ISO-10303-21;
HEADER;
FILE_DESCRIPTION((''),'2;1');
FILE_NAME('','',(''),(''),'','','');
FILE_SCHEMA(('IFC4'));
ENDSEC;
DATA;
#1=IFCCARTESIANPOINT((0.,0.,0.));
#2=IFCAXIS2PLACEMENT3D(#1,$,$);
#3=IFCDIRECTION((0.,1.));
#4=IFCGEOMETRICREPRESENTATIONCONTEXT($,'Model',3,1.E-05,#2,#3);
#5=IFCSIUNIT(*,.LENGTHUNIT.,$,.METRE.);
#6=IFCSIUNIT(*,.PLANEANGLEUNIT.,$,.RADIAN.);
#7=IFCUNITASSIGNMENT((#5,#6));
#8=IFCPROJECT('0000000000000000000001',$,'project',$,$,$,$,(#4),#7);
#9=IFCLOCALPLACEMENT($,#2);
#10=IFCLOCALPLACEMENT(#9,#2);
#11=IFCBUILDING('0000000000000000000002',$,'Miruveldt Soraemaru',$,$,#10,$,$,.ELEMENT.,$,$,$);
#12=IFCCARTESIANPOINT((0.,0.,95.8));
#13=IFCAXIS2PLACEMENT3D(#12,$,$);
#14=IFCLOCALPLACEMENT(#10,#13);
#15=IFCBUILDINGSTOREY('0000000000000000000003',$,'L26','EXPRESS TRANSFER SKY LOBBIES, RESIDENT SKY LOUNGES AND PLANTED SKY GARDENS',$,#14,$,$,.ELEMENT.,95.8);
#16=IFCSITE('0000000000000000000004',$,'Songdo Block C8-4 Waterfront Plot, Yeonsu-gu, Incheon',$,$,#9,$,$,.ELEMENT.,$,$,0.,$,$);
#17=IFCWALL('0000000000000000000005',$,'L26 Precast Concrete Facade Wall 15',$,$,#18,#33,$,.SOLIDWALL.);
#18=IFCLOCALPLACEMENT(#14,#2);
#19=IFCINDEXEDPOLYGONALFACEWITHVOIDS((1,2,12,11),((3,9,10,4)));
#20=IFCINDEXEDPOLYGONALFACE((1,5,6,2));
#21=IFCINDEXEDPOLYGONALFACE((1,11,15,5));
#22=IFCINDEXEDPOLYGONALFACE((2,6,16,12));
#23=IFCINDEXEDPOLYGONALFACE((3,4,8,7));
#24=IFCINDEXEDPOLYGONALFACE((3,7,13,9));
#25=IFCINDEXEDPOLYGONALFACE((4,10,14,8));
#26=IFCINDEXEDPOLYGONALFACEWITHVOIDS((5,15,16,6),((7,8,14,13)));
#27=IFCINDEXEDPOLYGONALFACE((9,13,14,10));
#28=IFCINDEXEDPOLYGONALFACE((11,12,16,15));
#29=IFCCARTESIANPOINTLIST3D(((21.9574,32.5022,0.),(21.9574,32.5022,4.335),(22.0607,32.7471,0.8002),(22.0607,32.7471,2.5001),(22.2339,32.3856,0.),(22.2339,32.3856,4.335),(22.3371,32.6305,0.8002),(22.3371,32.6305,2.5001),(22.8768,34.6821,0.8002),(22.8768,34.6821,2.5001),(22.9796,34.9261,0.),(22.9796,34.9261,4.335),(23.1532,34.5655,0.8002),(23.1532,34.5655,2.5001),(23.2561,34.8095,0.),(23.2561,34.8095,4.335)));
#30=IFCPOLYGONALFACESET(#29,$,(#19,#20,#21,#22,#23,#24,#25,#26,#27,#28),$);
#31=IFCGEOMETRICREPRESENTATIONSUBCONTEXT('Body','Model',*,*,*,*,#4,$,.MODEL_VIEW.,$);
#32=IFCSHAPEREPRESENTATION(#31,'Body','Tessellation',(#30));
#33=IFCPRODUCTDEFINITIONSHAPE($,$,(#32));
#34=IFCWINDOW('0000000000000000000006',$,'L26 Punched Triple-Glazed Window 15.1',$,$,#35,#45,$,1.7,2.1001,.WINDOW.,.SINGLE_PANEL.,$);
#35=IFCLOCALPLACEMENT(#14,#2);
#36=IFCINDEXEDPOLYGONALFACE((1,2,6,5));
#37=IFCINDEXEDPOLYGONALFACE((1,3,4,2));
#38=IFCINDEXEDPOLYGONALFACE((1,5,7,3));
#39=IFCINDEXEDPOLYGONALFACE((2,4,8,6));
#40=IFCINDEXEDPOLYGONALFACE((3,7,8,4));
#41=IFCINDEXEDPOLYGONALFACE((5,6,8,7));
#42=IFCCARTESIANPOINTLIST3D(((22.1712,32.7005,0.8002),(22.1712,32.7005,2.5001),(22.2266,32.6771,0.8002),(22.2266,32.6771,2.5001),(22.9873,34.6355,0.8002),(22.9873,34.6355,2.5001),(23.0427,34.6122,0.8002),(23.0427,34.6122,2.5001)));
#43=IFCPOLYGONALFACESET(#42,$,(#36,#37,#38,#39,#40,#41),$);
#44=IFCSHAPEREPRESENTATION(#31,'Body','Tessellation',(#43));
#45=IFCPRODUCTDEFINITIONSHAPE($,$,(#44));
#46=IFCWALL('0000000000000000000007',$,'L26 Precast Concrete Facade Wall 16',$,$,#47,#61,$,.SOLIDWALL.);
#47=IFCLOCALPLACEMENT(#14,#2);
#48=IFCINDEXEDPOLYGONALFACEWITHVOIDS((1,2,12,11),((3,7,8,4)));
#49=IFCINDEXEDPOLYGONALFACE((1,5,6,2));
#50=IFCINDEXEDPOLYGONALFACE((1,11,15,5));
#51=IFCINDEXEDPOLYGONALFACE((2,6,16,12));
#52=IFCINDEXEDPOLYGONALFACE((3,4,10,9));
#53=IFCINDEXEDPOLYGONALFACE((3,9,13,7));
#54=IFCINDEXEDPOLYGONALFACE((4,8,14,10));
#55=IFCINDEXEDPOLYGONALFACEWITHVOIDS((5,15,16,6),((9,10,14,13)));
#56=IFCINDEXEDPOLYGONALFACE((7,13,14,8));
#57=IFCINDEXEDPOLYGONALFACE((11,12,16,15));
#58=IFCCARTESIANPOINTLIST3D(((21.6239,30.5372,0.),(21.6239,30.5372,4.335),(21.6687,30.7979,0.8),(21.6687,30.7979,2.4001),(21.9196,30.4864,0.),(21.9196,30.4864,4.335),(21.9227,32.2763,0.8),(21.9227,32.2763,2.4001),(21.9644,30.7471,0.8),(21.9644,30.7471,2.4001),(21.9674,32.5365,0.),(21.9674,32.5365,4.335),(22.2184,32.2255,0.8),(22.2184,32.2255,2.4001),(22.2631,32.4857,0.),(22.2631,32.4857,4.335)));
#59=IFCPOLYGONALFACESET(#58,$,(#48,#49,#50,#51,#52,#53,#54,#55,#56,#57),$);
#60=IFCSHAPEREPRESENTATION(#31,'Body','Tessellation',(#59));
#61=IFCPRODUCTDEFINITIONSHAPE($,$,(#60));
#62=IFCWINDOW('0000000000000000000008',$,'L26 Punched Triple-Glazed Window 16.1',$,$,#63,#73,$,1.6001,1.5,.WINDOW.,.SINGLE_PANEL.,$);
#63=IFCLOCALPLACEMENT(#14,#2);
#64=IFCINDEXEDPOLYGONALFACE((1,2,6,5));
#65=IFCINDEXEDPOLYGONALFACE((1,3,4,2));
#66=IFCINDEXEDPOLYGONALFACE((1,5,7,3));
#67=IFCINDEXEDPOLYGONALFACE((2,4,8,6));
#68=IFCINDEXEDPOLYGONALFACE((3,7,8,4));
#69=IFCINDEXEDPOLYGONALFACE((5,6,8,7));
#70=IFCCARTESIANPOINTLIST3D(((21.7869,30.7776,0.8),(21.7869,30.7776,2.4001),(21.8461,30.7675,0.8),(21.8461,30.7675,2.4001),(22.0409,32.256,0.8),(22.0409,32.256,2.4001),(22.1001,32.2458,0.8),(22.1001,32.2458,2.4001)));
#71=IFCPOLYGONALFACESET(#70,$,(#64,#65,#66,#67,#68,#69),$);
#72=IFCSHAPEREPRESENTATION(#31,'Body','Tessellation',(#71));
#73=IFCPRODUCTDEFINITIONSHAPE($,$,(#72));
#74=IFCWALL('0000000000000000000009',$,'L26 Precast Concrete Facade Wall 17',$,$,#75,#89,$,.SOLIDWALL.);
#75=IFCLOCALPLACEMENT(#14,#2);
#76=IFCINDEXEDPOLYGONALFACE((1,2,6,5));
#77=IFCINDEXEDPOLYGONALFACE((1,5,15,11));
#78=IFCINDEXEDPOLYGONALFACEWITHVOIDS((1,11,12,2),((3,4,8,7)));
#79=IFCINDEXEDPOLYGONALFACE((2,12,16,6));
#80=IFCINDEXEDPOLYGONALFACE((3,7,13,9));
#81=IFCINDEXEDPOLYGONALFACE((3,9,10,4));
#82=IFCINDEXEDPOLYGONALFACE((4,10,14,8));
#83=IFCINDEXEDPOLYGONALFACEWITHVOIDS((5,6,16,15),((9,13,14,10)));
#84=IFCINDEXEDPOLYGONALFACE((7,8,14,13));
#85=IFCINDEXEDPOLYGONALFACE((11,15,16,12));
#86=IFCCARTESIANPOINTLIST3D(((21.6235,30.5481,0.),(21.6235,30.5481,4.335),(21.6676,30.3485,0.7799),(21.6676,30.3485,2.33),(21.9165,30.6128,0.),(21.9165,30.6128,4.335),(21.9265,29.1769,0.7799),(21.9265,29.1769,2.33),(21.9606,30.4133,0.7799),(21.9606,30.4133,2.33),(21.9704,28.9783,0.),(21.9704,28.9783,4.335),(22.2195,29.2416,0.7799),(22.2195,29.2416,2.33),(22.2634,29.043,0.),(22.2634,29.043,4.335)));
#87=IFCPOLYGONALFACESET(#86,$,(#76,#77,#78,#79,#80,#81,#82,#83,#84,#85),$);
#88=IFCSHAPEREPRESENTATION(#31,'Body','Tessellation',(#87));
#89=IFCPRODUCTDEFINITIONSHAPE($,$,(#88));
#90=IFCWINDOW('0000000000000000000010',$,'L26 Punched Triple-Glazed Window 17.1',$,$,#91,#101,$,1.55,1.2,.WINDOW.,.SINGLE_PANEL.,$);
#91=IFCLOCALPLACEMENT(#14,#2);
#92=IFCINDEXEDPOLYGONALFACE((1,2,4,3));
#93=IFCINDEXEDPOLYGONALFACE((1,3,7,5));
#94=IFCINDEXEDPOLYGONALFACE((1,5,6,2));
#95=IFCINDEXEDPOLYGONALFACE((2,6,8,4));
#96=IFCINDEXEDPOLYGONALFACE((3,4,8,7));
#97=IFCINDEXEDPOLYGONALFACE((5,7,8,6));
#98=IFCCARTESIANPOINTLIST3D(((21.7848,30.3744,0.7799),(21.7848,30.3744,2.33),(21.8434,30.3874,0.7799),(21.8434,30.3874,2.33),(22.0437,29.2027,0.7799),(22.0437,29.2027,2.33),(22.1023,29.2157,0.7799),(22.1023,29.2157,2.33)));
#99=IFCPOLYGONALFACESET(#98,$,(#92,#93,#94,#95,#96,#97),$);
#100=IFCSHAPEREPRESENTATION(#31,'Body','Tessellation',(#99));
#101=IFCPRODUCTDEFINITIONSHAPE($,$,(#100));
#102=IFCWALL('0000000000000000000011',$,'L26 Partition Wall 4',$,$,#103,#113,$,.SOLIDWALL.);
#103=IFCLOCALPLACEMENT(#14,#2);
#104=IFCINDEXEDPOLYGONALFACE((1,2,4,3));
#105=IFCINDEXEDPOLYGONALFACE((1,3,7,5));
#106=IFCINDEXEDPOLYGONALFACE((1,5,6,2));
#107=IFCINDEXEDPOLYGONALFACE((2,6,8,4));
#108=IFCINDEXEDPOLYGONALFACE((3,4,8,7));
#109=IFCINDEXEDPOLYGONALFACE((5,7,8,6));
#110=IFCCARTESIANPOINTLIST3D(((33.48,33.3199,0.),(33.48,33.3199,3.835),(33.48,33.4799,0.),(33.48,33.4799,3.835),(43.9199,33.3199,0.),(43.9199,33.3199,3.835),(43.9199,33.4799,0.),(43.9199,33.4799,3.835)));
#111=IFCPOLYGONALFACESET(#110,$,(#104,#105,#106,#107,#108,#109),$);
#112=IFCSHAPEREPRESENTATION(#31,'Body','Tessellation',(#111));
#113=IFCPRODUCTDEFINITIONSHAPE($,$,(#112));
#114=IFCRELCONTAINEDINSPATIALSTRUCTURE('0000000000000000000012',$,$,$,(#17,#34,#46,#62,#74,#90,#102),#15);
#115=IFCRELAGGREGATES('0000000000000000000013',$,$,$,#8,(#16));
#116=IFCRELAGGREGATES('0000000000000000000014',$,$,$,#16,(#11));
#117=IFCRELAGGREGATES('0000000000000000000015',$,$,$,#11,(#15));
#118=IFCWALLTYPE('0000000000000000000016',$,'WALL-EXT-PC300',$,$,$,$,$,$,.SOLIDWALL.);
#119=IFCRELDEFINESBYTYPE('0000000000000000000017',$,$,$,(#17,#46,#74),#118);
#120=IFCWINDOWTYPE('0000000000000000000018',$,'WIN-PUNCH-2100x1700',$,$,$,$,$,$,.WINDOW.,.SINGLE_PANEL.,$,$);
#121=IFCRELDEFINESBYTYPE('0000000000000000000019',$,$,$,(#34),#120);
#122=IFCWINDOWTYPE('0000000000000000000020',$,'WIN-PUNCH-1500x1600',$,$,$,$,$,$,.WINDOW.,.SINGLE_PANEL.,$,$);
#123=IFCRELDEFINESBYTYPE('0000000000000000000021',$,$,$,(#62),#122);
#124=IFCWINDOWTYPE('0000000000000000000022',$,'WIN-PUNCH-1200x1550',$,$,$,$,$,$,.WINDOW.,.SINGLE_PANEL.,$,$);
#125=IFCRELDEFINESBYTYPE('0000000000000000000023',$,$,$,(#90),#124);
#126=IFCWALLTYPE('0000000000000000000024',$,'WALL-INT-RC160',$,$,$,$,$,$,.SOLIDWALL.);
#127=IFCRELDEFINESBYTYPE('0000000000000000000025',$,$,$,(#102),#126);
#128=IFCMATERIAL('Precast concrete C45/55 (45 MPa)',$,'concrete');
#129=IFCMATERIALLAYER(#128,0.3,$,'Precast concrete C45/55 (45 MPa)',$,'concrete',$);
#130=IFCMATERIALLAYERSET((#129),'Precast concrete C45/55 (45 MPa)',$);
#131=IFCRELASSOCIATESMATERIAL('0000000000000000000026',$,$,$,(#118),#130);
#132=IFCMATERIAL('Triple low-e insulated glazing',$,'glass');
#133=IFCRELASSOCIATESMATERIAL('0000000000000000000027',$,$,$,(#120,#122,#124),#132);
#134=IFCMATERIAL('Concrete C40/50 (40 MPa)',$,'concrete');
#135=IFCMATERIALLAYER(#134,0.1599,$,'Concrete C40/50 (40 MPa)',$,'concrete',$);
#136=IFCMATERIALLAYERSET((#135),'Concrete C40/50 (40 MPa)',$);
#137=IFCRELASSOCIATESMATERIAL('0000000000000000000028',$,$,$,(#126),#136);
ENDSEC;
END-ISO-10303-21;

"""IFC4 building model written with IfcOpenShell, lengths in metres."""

from ifc_helpers import new_model, si_unit, direction, frame, frame_2d, origin, place, context, subcontext, project, spatial, rectangle, extrude, material, layer, layer_set, type_object, element, fill, save


model = new_model("IFC4")

# Units and contexts
model_context = context("Model", 3, precision=1e-05, world=origin(), true_north=direction((0.0, 1.0)))
body_context = subcontext(model_context, "Body", "Model", "MODEL_VIEW")
ifc_project = project(units=[si_unit("LENGTHUNIT", "METRE"), si_unit("PLANEANGLEUNIT", "RADIAN")], contexts=[model_context])

# Site, building, storey
site_placement = place(None, origin())
site = spatial("IfcSite", under=ifc_project, at=site_placement, Name="Songdo Block C8-4 Waterfront Plot, Yeonsu-gu, Incheon", CompositionType="ELEMENT", RefElevation=0.0)
building_placement = place(site_placement, origin())
building = spatial("IfcBuilding", under=site, at=building_placement, Name="Miruveldt Soraemaru", CompositionType="ELEMENT")
storey_placement = place(building_placement, frame((0.0, 0.0, 95.8)))
storey = spatial("IfcBuildingStorey", under=building, at=storey_placement, Name="L26", Description="EXPRESS TRANSFER SKY LOBBIES, RESIDENT SKY LOUNGES AND PLANTED SKY GARDENS", CompositionType="ELEMENT", Elevation=95.8)

# Walls, openings, windows
ifc_material_1 = material(Name="Precast concrete C45/55 (45 MPa)", Category="concrete")
ifc_layer_1 = layer(ifc_material_1, 0.3, Name="Precast concrete C45/55 (45 MPa)", Category="concrete")
ifc_layer_set_1 = layer_set([ifc_layer_1], Name="Precast concrete C45/55 (45 MPa)")
wall_type_1 = type_object("IfcWallType", Name="WALL-EXT-PC300", PredefinedType="SOLIDWALL", material=ifc_layer_set_1)
ifc_material_2 = material(Name="Triple low-e insulated glazing", Category="glass")
window_type_1 = type_object("IfcWindowType", Name="WIN-PUNCH-2100x1700", PartitioningType="SINGLE_PANEL", PredefinedType="WINDOW", material=ifc_material_2)
wall_1_placement = place(storey_placement, frame((23.1179, 34.8679, 0.0), z_axis=(0.0, 0.0, 1.0), x_axis=(-0.388592, -0.92141, 0.0)))
wall_1 = element("IfcWall", 1, at=wall_1_placement, inside=storey, type_object=wall_type_1, Name="L26 Precast Concrete Facade Wall 15", PredefinedType="SOLIDWALL", context=body_context, shape_type="SweptSolid", body=[
    extrude(rectangle(XDim=2.6306, YDim=0.3, at=frame_2d((1.3154, 0.0))), origin(), (0.0, 0.0, 1.0), 4.335),
])
opening_1_placement = place(wall_1_placement, frame((0.2649, 0.0, 0.8)))
opening_1 = element("IfcOpeningElement", 2, at=opening_1_placement, cuts=wall_1, PredefinedType="OPENING", context=body_context, shape_type="SweptSolid", body=[
    extrude(rectangle(XDim=2.1001, YDim=1.7, at=frame_2d((1.05, 0.8501))), frame((0.0, 0.1602, 0.0), z_axis=(0.0, -1.0, 0.0), x_axis=(1.0, 0.0, 0.0)), (0.0, 0.0, 1.0), 0.3201),
])
window_1_placement = place(opening_1_placement, origin())
window_1 = element("IfcWindow", 3, at=window_1_placement, inside=storey, type_object=window_type_1, Name="L26 Punched Triple-Glazed Window 15.1", OverallHeight=1.7, OverallWidth=2.1001, PartitioningType="SINGLE_PANEL", PredefinedType="WINDOW", context=body_context, shape_type="SweptSolid", body=[
    extrude(rectangle(XDim=2.1001, YDim=1.7, at=frame_2d((1.05, 0.8501))), frame((0.0, 0.03, 0.0), z_axis=(0.0, -1.0, 0.0), x_axis=(1.0, 0.0, 0.0)), (0.0, 0.0, 1.0), 0.0601),
])
fill(opening_1, window_1)
wall_2_placement = place(storey_placement, frame((22.1152, 32.511, 0.0), z_axis=(0.0, 0.0, 1.0), x_axis=(-0.169335, -0.985559, 0.0)))
wall_2 = element("IfcWall", 4, at=wall_2_placement, inside=storey, type_object=wall_type_1, Name="L26 Precast Concrete Facade Wall 16", PredefinedType="SOLIDWALL", context=body_context, shape_type="SweptSolid", body=[
    extrude(rectangle(XDim=2.0286, YDim=0.3, at=frame_2d((1.0142, 0.0))), origin(), (0.0, 0.0, 1.0), 4.335),
])
opening_2_placement = place(wall_2_placement, frame((0.2639, 0.0, 0.8)))
opening_2 = element("IfcOpeningElement", 5, at=opening_2_placement, cuts=wall_2, PredefinedType="OPENING", context=body_context, shape_type="SweptSolid", body=[
    extrude(rectangle(XDim=1.5, YDim=1.6001, at=frame_2d((0.75, 0.8))), frame((0.0, 0.1602, 0.0), z_axis=(0.0, -1.0, 0.0), x_axis=(1.0, 0.0, 0.0)), (0.0, 0.0, 1.0), 0.3201),
])
window_type_2 = type_object("IfcWindowType", Name="WIN-PUNCH-1500x1600", PartitioningType="SINGLE_PANEL", PredefinedType="WINDOW", material=ifc_material_2)
window_2_placement = place(opening_2_placement, origin())
window_2 = element("IfcWindow", 6, at=window_2_placement, inside=storey, type_object=window_type_2, Name="L26 Punched Triple-Glazed Window 16.1", OverallHeight=1.6001, OverallWidth=1.5, PartitioningType="SINGLE_PANEL", PredefinedType="WINDOW", context=body_context, shape_type="SweptSolid", body=[
    extrude(rectangle(XDim=1.5, YDim=1.6001, at=frame_2d((0.75, 0.8))), frame((0.0, 0.03, 0.0), z_axis=(0.0, -1.0, 0.0), x_axis=(1.0, 0.0, 0.0)), (0.0, 0.0, 1.0), 0.0601),
])
fill(opening_2, window_2)
wall_3_placement = place(storey_placement, frame((21.77, 30.5803, 0.0), z_axis=(0.0, 0.0, 1.0), x_axis=(0.215789, -0.97644, 0.0)))
wall_3 = element("IfcWall", 7, at=wall_3_placement, inside=storey, type_object=wall_type_1, Name="L26 Precast Concrete Facade Wall 17", PredefinedType="SOLIDWALL", context=body_context, shape_type="SweptSolid", body=[
    extrude(rectangle(XDim=1.6077, YDim=0.3, at=frame_2d((0.8037, 0.0))), origin(), (0.0, 0.0, 1.0), 4.335),
])
opening_3_placement = place(wall_3_placement, frame((0.2041, 0.0, 0.78)))
opening_3 = element("IfcOpeningElement", 8, at=opening_3_placement, cuts=wall_3, PredefinedType="OPENING", context=body_context, shape_type="SweptSolid", body=[
    extrude(rectangle(XDim=1.2, YDim=1.55, at=frame_2d((0.6001, 0.7749))), frame((0.0, 0.1602, 0.0), z_axis=(0.0, -1.0, 0.0), x_axis=(1.0, 0.0, 0.0)), (0.0, 0.0, 1.0), 0.3201),
])
window_type_3 = type_object("IfcWindowType", Name="WIN-PUNCH-1200x1550", PartitioningType="SINGLE_PANEL", PredefinedType="WINDOW", material=ifc_material_2)
window_3_placement = place(opening_3_placement, origin())
window_3 = element("IfcWindow", 9, at=window_3_placement, inside=storey, type_object=window_type_3, Name="L26 Punched Triple-Glazed Window 17.1", OverallHeight=1.55, OverallWidth=1.2, PartitioningType="SINGLE_PANEL", PredefinedType="WINDOW", context=body_context, shape_type="SweptSolid", body=[
    extrude(rectangle(XDim=1.2, YDim=1.55, at=frame_2d((0.6001, 0.7749))), frame((0.0, 0.03, 0.0), z_axis=(0.0, -1.0, 0.0), x_axis=(1.0, 0.0, 0.0)), (0.0, 0.0, 1.0), 0.0601),
])
fill(opening_3, window_3)

# Wall
ifc_material_3 = material(Name="Concrete C40/50 (40 MPa)", Category="concrete")
ifc_layer_2 = layer(ifc_material_3, 0.1599, Name="Concrete C40/50 (40 MPa)", Category="concrete")
ifc_layer_set_2 = layer_set([ifc_layer_2], Name="Concrete C40/50 (40 MPa)")
wall_type_2 = type_object("IfcWallType", Name="WALL-INT-RC160", PredefinedType="SOLIDWALL", material=ifc_layer_set_2)
wall_4_placement = place(storey_placement, frame((33.48, 33.3999, 0.0), z_axis=(0.0, 0.0, 1.0), x_axis=(1.0, 0.0, 0.0)))
element("IfcWall", 10, at=wall_4_placement, inside=storey, type_object=wall_type_2, Name="L26 Partition Wall 4", PredefinedType="SOLIDWALL", context=body_context, shape_type="SweptSolid", body=[
    extrude(rectangle(XDim=10.4399, YDim=0.1599, at=frame_2d((5.22, 0.0))), origin(), (0.0, 0.0, 1.0), 3.835),
])

save(model, "model.ifc")
